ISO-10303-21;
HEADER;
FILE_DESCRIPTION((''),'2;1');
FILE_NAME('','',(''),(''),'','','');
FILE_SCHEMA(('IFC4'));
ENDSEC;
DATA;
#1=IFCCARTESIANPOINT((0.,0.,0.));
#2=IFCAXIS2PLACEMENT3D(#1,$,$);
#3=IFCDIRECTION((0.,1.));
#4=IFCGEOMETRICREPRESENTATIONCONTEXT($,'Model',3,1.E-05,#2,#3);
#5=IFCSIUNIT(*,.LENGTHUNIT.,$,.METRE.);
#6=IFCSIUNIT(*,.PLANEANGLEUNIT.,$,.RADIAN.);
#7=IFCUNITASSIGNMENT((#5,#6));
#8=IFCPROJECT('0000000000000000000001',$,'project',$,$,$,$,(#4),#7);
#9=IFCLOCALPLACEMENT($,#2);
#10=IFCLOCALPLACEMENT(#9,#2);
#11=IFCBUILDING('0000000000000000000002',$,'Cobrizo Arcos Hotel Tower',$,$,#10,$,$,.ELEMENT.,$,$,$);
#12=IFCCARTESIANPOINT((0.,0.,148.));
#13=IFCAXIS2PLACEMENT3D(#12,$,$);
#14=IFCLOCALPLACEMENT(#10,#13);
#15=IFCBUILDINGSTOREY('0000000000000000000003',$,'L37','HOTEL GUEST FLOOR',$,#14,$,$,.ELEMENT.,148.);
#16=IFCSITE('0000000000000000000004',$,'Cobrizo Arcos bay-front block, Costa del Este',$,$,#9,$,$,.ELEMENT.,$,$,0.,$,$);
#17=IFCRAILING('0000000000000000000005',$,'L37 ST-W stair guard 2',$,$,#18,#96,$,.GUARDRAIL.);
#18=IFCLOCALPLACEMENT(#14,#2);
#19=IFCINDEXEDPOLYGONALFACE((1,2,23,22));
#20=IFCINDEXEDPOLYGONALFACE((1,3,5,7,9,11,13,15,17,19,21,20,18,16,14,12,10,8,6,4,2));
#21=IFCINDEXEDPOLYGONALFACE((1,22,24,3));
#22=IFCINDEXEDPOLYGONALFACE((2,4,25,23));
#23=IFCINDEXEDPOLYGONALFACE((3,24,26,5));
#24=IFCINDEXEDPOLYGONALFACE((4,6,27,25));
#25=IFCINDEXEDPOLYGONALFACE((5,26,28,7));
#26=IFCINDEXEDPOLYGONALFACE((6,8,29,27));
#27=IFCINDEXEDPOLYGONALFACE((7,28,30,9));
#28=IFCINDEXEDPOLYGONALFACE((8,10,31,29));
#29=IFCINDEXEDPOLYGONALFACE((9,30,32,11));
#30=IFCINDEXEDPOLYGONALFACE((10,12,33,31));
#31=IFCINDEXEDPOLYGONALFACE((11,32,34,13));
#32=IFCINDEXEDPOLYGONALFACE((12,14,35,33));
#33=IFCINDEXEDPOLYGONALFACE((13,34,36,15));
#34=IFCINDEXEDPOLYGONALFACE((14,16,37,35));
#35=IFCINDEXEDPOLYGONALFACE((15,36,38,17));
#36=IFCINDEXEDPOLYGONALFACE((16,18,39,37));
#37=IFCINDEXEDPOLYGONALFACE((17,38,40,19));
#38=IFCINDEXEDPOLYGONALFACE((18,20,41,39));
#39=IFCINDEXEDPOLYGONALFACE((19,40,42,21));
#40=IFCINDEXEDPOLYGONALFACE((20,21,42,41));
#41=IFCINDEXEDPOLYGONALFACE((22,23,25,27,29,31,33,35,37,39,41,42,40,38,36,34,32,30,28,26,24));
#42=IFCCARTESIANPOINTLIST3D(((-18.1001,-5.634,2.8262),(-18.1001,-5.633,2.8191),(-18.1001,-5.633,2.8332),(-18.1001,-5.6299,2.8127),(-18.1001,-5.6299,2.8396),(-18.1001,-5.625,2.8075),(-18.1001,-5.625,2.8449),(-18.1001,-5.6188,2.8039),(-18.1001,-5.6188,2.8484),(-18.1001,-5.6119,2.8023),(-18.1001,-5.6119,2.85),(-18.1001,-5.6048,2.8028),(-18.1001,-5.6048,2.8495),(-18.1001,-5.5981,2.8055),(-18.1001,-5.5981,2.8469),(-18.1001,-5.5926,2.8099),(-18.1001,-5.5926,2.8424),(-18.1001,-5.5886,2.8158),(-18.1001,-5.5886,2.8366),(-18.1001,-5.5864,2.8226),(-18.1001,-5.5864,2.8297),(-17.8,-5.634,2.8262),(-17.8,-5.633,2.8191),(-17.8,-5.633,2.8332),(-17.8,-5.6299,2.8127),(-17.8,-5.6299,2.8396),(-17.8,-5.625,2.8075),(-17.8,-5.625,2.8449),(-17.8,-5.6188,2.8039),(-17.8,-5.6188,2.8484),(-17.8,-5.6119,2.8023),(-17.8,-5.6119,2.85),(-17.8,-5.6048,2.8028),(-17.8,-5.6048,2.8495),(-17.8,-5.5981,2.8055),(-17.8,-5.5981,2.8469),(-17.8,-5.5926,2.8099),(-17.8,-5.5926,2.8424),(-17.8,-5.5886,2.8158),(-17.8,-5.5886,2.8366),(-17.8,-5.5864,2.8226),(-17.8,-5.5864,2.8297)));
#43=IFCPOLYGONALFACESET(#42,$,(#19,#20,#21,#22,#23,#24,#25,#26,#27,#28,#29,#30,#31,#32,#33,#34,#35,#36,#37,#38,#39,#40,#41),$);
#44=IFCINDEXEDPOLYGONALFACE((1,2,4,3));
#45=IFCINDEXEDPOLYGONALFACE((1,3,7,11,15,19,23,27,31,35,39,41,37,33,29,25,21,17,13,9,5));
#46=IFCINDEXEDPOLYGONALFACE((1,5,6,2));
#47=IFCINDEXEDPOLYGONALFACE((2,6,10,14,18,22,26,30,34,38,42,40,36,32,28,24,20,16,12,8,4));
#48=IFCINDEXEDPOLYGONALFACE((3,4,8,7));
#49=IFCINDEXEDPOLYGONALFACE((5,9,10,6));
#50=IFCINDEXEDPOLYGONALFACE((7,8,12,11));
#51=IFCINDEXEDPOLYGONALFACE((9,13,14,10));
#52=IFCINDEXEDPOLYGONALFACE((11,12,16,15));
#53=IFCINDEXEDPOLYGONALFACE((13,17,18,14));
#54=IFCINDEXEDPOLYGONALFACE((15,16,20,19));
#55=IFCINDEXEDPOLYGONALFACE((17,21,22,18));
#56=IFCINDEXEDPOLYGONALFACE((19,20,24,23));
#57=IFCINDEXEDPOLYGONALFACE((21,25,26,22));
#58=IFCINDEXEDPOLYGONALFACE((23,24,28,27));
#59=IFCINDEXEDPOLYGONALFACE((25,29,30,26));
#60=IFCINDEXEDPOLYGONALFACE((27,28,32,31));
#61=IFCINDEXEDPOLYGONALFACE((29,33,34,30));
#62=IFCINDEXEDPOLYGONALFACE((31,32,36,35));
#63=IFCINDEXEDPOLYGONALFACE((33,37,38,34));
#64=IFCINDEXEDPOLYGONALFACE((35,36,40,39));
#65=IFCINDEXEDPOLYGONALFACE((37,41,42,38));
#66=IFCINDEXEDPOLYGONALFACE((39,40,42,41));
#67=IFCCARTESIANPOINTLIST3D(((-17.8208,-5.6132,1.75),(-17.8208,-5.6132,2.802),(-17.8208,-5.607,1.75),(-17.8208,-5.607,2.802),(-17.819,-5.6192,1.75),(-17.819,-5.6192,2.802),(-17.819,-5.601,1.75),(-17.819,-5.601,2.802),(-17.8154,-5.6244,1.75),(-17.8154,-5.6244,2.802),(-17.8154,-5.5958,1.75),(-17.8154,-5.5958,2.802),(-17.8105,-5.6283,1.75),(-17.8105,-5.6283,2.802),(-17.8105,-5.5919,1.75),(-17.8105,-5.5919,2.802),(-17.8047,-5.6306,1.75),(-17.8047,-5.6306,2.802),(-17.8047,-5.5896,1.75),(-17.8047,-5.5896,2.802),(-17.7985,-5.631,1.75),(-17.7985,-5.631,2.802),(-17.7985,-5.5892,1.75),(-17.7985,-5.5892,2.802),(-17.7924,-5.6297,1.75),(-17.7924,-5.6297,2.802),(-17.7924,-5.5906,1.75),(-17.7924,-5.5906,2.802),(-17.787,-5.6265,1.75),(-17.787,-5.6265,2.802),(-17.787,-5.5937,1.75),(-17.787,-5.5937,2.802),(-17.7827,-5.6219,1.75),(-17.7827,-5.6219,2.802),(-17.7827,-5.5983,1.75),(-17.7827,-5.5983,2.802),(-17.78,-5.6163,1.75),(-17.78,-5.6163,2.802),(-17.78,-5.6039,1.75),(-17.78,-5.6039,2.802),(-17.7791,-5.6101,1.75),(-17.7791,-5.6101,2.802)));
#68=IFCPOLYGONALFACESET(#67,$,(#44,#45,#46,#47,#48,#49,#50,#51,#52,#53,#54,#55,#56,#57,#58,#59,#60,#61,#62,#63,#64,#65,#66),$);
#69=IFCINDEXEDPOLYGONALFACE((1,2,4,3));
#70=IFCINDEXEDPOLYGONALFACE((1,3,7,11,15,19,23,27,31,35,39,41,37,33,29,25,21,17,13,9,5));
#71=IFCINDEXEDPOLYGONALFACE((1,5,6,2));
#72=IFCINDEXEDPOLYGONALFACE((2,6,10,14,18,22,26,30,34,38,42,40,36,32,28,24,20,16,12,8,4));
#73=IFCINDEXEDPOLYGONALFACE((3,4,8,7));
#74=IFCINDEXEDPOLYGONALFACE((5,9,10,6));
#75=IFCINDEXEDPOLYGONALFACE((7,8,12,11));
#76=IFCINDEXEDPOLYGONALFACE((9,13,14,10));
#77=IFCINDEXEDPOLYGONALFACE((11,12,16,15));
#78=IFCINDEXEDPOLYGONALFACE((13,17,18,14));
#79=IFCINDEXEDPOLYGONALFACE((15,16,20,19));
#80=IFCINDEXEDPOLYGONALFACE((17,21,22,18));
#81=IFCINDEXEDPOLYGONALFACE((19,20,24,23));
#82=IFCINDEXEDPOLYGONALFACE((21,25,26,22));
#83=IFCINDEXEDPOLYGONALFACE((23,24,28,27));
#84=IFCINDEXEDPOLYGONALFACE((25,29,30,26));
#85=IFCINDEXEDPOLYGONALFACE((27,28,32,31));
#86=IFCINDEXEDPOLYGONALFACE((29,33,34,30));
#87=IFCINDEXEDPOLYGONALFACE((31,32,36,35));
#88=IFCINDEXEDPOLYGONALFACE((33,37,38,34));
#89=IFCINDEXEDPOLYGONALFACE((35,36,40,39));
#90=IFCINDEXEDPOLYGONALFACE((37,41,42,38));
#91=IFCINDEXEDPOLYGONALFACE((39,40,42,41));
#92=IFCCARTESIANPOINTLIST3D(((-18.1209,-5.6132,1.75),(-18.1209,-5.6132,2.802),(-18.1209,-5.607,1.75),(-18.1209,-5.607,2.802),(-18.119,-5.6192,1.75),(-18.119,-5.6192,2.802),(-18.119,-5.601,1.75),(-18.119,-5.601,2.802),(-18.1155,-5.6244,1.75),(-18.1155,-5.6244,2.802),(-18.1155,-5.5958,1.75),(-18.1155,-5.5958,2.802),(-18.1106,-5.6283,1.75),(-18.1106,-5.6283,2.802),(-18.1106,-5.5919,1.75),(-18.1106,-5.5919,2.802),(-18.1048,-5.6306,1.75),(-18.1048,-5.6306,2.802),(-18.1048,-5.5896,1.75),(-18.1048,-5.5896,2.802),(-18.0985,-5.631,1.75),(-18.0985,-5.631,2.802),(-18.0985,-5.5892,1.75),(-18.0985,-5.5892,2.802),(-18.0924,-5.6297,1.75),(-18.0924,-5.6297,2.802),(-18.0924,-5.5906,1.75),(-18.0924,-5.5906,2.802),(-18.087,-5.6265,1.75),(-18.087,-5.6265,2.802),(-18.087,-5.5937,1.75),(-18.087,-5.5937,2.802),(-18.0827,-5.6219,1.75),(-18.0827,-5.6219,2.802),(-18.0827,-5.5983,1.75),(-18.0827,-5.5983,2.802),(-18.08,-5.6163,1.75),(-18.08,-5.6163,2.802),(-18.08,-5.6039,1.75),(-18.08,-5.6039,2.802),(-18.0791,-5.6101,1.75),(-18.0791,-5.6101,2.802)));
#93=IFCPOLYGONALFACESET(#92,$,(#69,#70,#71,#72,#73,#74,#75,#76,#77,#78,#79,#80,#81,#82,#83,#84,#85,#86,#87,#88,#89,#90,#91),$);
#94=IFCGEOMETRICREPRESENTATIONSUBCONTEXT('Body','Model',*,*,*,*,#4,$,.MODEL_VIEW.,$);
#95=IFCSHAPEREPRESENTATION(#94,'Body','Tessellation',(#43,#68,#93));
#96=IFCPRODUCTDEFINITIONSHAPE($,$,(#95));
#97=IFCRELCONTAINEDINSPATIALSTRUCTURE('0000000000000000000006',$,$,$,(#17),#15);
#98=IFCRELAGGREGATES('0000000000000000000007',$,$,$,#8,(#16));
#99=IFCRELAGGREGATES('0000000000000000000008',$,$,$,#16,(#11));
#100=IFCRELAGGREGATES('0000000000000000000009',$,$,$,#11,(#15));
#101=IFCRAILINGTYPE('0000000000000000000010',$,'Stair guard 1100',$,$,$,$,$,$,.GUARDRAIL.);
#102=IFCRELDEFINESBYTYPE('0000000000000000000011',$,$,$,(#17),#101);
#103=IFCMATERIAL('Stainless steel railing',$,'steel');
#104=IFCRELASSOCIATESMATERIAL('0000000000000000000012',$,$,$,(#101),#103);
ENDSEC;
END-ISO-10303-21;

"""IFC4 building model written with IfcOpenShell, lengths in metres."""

from ifc_helpers import new_model, si_unit, direction, frame, origin, origin_2d, place, context, subcontext, project, spatial, circle, extrude, material, type_object, element, save


model = new_model("IFC4")

# Units and contexts
model_context = context("Model", 3, precision=1e-05, world=origin(), true_north=direction((0.0, 1.0)))
body_context = subcontext(model_context, "Body", "Model", "MODEL_VIEW")
ifc_project = project(units=[si_unit("LENGTHUNIT", "METRE"), si_unit("PLANEANGLEUNIT", "RADIAN")], contexts=[model_context])

# Site, building, storey
site_placement = place(None, origin())
site = spatial("IfcSite", under=ifc_project, at=site_placement, Name="Cobrizo Arcos bay-front block, Costa del Este", CompositionType="ELEMENT", RefElevation=0.0)
building_placement = place(site_placement, origin())
building = spatial("IfcBuilding", under=site, at=building_placement, Name="Cobrizo Arcos Hotel Tower", CompositionType="ELEMENT")
storey_placement = place(building_placement, frame((0.0, 0.0, 148.0)))
storey = spatial("IfcBuildingStorey", under=building, at=storey_placement, Name="L37", Description="HOTEL GUEST FLOOR", CompositionType="ELEMENT", Elevation=148.0)

# Railing
ifc_material_1 = material(Name="Stainless steel railing", Category="steel")
railing_type_1 = type_object("IfcRailingType", Name="Stair guard 1100", PredefinedType="GUARDRAIL", material=ifc_material_1)
railing_1_placement = place(storey_placement, frame((-17.8, -5.6101, 1.75)))
element("IfcRailing", 1, at=railing_1_placement, inside=storey, type_object=railing_type_1, Name="L37 ST-W stair guard 2", PredefinedType="GUARDRAIL", context=body_context, shape_type="SweptSolid", body=[
    extrude(circle(Radius=0.0239, at=origin_2d()), frame((0.0, 0.0, 1.0762), z_axis=(-1.0, 0.0, 0.0), x_axis=(0.0, -1.0, 0.0)), (0.0, 0.0, 1.0), 0.3),
    extrude(circle(Radius=0.021, at=origin_2d()), origin(), (0.0, 0.0, 1.0), 1.052),
    extrude(circle(Radius=0.021, at=origin_2d()), frame((-0.3, 0.0, 0.0)), (0.0, 0.0, 1.0), 1.052),
])

save(model, "model.ifc")
